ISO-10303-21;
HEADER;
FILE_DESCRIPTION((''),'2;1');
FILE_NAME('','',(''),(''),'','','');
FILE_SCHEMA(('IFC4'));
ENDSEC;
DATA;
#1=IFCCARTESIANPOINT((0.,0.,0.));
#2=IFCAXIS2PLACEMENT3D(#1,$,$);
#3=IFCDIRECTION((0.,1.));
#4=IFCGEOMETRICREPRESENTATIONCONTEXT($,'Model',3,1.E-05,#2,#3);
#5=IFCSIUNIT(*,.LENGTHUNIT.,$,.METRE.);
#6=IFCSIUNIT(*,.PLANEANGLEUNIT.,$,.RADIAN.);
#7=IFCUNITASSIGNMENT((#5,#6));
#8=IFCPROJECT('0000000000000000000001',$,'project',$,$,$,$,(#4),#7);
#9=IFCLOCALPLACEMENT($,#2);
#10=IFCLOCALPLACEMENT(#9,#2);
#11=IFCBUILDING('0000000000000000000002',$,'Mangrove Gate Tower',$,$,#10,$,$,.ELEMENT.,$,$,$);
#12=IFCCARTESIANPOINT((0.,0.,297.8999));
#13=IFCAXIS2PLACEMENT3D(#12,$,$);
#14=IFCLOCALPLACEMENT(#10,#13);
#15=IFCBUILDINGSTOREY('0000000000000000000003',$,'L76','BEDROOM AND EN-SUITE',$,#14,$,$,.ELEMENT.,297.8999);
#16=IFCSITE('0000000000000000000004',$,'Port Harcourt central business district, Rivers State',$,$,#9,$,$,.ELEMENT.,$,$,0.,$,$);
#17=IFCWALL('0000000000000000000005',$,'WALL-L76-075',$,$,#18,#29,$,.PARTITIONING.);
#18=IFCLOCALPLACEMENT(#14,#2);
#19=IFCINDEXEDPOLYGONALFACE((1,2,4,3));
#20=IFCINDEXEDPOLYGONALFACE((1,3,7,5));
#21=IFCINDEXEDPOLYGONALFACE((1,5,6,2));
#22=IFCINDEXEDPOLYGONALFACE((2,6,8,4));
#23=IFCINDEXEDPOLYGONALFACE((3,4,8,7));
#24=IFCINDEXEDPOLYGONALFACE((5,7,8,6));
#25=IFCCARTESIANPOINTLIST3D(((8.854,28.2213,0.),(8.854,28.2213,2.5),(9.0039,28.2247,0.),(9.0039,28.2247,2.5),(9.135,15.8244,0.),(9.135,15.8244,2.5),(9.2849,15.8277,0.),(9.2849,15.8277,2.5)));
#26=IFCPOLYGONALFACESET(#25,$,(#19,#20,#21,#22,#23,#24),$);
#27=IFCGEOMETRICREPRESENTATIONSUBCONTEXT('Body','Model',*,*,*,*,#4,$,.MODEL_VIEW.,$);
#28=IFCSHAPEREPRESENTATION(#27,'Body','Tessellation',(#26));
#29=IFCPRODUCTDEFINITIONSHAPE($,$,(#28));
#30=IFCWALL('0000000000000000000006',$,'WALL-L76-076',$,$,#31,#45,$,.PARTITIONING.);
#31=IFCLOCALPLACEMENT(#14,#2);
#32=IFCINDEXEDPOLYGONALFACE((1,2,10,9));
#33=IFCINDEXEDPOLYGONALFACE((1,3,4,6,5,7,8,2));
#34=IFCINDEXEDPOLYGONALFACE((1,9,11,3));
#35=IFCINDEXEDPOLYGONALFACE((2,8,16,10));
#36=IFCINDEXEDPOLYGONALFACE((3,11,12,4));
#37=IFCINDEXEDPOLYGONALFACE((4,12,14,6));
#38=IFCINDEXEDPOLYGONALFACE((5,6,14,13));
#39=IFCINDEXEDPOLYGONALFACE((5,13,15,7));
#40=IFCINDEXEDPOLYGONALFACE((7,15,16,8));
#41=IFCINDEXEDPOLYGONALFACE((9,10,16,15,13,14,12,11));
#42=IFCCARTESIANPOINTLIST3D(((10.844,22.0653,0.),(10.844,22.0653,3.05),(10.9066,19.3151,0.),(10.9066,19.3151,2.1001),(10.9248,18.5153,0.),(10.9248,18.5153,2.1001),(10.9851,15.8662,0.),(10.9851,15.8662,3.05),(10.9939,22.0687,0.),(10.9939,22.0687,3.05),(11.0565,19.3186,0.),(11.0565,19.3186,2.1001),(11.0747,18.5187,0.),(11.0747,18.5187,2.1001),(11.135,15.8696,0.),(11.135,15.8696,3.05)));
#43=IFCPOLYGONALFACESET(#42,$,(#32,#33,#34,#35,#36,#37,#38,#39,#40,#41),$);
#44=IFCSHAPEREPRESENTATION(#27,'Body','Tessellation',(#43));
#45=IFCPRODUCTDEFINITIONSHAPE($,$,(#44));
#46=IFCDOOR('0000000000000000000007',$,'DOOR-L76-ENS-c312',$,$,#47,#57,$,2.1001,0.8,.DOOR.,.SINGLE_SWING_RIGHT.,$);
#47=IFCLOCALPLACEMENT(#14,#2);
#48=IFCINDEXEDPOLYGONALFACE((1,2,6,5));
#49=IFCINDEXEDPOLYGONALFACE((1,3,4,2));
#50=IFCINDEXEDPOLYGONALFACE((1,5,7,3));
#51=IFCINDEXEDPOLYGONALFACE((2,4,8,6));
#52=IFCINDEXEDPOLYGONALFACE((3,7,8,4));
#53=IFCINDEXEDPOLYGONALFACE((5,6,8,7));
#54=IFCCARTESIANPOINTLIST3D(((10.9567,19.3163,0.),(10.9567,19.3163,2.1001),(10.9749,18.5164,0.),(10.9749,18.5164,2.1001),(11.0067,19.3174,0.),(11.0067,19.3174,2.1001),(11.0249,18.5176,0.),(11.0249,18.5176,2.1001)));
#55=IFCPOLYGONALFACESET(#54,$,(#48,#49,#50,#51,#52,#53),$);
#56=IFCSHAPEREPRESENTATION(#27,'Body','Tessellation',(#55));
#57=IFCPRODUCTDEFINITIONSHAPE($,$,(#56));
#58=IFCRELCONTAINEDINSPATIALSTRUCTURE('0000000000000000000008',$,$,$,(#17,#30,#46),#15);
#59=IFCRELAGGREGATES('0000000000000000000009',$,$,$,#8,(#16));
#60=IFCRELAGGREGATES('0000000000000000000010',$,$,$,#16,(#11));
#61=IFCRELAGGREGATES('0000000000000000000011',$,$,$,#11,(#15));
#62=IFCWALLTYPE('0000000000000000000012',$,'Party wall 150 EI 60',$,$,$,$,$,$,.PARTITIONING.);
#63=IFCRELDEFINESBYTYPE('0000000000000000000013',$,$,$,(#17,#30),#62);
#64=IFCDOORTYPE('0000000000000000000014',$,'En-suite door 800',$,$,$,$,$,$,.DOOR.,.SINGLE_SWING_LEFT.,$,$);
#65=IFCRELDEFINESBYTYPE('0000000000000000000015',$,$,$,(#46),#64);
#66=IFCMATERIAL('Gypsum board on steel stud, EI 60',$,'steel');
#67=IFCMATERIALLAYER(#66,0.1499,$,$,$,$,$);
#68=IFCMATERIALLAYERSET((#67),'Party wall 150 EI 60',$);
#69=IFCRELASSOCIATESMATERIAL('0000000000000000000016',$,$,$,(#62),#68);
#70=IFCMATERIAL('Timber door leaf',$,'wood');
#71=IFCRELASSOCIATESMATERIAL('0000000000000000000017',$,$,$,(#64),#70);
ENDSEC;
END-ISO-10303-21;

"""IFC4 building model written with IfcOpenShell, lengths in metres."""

from ifc_helpers import new_model, si_unit, direction, frame, frame_2d, origin, place, context, subcontext, project, spatial, rectangle, extrude, material, layer, layer_set, type_object, element, fill, save


model = new_model("IFC4")

# Units and contexts
model_context = context("Model", 3, precision=1e-05, world=origin(), true_north=direction((0.0, 1.0)))
body_context = subcontext(model_context, "Body", "Model", "MODEL_VIEW")
ifc_project = project(units=[si_unit("LENGTHUNIT", "METRE"), si_unit("PLANEANGLEUNIT", "RADIAN")], contexts=[model_context])

# Site, building, storey
site_placement = place(None, origin())
site = spatial("IfcSite", under=ifc_project, at=site_placement, Name="Port Harcourt central business district, Rivers State", CompositionType="ELEMENT", RefElevation=0.0)
building_placement = place(site_placement, origin())
building = spatial("IfcBuilding", under=site, at=building_placement, Name="Mangrove Gate Tower", CompositionType="ELEMENT")
storey_placement = place(building_placement, frame((0.0, 0.0, 297.8999)))
storey = spatial("IfcBuildingStorey", under=building, at=storey_placement, Name="L76", Description="BEDROOM AND EN-SUITE", CompositionType="ELEMENT", Elevation=297.8999)

# Shared definitions
ifc_material_1 = material(Name="Gypsum board on steel stud, EI 60", Category="steel")
ifc_layer_1 = layer(ifc_material_1, 0.1499)
ifc_layer_set_1 = layer_set([ifc_layer_1], Name="Party wall 150 EI 60")
wall_type_1 = type_object("IfcWallType", Name="Party wall 150 EI 60", PredefinedType="PARTITIONING", material=ifc_layer_set_1)

# Shared definitions
ifc_material_2 = material(Name="Timber door leaf", Category="wood")
door_type_1 = type_object("IfcDoorType", Name="En-suite door 800", OperationType="SINGLE_SWING_LEFT", PredefinedType="DOOR", material=ifc_material_2)

# Wall
wall_1_placement = place(storey_placement, frame((9.21, 15.8259, 0.0), z_axis=(0.0, 0.0, 1.0), x_axis=(-0.022661, 0.999743, 0.0)))
element("IfcWall", 1, at=wall_1_placement, inside=storey, type_object=wall_type_1, Name="WALL-L76-075", PredefinedType="PARTITIONING", context=body_context, shape_type="SweptSolid", body=[
    extrude(rectangle(XDim=12.4001, YDim=0.1499, at=frame_2d((6.2002, 0.0))), origin(), (0.0, 0.0, 1.0), 2.5),
])

# Wall, opening, door
wall_2_placement = place(storey_placement, frame((11.0601, 15.8679, 0.0), z_axis=(0.0, 0.0, 1.0), x_axis=(-0.022758, 0.999741, 0.0)))
wall_2 = element("IfcWall", 2, at=wall_2_placement, inside=storey, type_object=wall_type_1, Name="WALL-L76-076", PredefinedType="PARTITIONING", context=body_context, shape_type="SweptSolid", body=[
    extrude(rectangle(XDim=6.2007, YDim=0.1499, at=frame_2d((3.1003, 0.0))), origin(), (0.0, 0.0, 1.0), 3.05),
])
opening_1_placement = place(wall_2_placement, frame((2.6499, 0.0, 0.0)))
opening_1 = element("IfcOpeningElement", 3, at=opening_1_placement, cuts=wall_2, PredefinedType="OPENING", context=body_context, shape_type="SweptSolid", body=[
    extrude(rectangle(XDim=0.8, YDim=2.1001, at=frame_2d((0.3999, 1.05))), frame((0.0, 0.085, 0.0), z_axis=(0.0, -1.0, 0.0), x_axis=(1.0, 0.0, 0.0)), (0.0, 0.0, 1.0), 0.1699),
])
door_1_placement = place(opening_1_placement, origin())
door_1 = element("IfcDoor", 4, at=door_1_placement, inside=storey, type_object=door_type_1, Name="DOOR-L76-ENS-c312", OperationType="SINGLE_SWING_RIGHT", OverallHeight=2.1001, OverallWidth=0.8, PredefinedType="DOOR", context=body_context, shape_type="SweptSolid", body=[
    extrude(rectangle(XDim=0.8, YDim=2.1001, at=frame_2d((0.3999, 1.05))), frame((0.0, 0.0249, 0.0), z_axis=(0.0, -1.0, 0.0), x_axis=(1.0, 0.0, 0.0)), (0.0, 0.0, 1.0), 0.05),
])
fill(opening_1, door_1)

save(model, "model.ifc")
